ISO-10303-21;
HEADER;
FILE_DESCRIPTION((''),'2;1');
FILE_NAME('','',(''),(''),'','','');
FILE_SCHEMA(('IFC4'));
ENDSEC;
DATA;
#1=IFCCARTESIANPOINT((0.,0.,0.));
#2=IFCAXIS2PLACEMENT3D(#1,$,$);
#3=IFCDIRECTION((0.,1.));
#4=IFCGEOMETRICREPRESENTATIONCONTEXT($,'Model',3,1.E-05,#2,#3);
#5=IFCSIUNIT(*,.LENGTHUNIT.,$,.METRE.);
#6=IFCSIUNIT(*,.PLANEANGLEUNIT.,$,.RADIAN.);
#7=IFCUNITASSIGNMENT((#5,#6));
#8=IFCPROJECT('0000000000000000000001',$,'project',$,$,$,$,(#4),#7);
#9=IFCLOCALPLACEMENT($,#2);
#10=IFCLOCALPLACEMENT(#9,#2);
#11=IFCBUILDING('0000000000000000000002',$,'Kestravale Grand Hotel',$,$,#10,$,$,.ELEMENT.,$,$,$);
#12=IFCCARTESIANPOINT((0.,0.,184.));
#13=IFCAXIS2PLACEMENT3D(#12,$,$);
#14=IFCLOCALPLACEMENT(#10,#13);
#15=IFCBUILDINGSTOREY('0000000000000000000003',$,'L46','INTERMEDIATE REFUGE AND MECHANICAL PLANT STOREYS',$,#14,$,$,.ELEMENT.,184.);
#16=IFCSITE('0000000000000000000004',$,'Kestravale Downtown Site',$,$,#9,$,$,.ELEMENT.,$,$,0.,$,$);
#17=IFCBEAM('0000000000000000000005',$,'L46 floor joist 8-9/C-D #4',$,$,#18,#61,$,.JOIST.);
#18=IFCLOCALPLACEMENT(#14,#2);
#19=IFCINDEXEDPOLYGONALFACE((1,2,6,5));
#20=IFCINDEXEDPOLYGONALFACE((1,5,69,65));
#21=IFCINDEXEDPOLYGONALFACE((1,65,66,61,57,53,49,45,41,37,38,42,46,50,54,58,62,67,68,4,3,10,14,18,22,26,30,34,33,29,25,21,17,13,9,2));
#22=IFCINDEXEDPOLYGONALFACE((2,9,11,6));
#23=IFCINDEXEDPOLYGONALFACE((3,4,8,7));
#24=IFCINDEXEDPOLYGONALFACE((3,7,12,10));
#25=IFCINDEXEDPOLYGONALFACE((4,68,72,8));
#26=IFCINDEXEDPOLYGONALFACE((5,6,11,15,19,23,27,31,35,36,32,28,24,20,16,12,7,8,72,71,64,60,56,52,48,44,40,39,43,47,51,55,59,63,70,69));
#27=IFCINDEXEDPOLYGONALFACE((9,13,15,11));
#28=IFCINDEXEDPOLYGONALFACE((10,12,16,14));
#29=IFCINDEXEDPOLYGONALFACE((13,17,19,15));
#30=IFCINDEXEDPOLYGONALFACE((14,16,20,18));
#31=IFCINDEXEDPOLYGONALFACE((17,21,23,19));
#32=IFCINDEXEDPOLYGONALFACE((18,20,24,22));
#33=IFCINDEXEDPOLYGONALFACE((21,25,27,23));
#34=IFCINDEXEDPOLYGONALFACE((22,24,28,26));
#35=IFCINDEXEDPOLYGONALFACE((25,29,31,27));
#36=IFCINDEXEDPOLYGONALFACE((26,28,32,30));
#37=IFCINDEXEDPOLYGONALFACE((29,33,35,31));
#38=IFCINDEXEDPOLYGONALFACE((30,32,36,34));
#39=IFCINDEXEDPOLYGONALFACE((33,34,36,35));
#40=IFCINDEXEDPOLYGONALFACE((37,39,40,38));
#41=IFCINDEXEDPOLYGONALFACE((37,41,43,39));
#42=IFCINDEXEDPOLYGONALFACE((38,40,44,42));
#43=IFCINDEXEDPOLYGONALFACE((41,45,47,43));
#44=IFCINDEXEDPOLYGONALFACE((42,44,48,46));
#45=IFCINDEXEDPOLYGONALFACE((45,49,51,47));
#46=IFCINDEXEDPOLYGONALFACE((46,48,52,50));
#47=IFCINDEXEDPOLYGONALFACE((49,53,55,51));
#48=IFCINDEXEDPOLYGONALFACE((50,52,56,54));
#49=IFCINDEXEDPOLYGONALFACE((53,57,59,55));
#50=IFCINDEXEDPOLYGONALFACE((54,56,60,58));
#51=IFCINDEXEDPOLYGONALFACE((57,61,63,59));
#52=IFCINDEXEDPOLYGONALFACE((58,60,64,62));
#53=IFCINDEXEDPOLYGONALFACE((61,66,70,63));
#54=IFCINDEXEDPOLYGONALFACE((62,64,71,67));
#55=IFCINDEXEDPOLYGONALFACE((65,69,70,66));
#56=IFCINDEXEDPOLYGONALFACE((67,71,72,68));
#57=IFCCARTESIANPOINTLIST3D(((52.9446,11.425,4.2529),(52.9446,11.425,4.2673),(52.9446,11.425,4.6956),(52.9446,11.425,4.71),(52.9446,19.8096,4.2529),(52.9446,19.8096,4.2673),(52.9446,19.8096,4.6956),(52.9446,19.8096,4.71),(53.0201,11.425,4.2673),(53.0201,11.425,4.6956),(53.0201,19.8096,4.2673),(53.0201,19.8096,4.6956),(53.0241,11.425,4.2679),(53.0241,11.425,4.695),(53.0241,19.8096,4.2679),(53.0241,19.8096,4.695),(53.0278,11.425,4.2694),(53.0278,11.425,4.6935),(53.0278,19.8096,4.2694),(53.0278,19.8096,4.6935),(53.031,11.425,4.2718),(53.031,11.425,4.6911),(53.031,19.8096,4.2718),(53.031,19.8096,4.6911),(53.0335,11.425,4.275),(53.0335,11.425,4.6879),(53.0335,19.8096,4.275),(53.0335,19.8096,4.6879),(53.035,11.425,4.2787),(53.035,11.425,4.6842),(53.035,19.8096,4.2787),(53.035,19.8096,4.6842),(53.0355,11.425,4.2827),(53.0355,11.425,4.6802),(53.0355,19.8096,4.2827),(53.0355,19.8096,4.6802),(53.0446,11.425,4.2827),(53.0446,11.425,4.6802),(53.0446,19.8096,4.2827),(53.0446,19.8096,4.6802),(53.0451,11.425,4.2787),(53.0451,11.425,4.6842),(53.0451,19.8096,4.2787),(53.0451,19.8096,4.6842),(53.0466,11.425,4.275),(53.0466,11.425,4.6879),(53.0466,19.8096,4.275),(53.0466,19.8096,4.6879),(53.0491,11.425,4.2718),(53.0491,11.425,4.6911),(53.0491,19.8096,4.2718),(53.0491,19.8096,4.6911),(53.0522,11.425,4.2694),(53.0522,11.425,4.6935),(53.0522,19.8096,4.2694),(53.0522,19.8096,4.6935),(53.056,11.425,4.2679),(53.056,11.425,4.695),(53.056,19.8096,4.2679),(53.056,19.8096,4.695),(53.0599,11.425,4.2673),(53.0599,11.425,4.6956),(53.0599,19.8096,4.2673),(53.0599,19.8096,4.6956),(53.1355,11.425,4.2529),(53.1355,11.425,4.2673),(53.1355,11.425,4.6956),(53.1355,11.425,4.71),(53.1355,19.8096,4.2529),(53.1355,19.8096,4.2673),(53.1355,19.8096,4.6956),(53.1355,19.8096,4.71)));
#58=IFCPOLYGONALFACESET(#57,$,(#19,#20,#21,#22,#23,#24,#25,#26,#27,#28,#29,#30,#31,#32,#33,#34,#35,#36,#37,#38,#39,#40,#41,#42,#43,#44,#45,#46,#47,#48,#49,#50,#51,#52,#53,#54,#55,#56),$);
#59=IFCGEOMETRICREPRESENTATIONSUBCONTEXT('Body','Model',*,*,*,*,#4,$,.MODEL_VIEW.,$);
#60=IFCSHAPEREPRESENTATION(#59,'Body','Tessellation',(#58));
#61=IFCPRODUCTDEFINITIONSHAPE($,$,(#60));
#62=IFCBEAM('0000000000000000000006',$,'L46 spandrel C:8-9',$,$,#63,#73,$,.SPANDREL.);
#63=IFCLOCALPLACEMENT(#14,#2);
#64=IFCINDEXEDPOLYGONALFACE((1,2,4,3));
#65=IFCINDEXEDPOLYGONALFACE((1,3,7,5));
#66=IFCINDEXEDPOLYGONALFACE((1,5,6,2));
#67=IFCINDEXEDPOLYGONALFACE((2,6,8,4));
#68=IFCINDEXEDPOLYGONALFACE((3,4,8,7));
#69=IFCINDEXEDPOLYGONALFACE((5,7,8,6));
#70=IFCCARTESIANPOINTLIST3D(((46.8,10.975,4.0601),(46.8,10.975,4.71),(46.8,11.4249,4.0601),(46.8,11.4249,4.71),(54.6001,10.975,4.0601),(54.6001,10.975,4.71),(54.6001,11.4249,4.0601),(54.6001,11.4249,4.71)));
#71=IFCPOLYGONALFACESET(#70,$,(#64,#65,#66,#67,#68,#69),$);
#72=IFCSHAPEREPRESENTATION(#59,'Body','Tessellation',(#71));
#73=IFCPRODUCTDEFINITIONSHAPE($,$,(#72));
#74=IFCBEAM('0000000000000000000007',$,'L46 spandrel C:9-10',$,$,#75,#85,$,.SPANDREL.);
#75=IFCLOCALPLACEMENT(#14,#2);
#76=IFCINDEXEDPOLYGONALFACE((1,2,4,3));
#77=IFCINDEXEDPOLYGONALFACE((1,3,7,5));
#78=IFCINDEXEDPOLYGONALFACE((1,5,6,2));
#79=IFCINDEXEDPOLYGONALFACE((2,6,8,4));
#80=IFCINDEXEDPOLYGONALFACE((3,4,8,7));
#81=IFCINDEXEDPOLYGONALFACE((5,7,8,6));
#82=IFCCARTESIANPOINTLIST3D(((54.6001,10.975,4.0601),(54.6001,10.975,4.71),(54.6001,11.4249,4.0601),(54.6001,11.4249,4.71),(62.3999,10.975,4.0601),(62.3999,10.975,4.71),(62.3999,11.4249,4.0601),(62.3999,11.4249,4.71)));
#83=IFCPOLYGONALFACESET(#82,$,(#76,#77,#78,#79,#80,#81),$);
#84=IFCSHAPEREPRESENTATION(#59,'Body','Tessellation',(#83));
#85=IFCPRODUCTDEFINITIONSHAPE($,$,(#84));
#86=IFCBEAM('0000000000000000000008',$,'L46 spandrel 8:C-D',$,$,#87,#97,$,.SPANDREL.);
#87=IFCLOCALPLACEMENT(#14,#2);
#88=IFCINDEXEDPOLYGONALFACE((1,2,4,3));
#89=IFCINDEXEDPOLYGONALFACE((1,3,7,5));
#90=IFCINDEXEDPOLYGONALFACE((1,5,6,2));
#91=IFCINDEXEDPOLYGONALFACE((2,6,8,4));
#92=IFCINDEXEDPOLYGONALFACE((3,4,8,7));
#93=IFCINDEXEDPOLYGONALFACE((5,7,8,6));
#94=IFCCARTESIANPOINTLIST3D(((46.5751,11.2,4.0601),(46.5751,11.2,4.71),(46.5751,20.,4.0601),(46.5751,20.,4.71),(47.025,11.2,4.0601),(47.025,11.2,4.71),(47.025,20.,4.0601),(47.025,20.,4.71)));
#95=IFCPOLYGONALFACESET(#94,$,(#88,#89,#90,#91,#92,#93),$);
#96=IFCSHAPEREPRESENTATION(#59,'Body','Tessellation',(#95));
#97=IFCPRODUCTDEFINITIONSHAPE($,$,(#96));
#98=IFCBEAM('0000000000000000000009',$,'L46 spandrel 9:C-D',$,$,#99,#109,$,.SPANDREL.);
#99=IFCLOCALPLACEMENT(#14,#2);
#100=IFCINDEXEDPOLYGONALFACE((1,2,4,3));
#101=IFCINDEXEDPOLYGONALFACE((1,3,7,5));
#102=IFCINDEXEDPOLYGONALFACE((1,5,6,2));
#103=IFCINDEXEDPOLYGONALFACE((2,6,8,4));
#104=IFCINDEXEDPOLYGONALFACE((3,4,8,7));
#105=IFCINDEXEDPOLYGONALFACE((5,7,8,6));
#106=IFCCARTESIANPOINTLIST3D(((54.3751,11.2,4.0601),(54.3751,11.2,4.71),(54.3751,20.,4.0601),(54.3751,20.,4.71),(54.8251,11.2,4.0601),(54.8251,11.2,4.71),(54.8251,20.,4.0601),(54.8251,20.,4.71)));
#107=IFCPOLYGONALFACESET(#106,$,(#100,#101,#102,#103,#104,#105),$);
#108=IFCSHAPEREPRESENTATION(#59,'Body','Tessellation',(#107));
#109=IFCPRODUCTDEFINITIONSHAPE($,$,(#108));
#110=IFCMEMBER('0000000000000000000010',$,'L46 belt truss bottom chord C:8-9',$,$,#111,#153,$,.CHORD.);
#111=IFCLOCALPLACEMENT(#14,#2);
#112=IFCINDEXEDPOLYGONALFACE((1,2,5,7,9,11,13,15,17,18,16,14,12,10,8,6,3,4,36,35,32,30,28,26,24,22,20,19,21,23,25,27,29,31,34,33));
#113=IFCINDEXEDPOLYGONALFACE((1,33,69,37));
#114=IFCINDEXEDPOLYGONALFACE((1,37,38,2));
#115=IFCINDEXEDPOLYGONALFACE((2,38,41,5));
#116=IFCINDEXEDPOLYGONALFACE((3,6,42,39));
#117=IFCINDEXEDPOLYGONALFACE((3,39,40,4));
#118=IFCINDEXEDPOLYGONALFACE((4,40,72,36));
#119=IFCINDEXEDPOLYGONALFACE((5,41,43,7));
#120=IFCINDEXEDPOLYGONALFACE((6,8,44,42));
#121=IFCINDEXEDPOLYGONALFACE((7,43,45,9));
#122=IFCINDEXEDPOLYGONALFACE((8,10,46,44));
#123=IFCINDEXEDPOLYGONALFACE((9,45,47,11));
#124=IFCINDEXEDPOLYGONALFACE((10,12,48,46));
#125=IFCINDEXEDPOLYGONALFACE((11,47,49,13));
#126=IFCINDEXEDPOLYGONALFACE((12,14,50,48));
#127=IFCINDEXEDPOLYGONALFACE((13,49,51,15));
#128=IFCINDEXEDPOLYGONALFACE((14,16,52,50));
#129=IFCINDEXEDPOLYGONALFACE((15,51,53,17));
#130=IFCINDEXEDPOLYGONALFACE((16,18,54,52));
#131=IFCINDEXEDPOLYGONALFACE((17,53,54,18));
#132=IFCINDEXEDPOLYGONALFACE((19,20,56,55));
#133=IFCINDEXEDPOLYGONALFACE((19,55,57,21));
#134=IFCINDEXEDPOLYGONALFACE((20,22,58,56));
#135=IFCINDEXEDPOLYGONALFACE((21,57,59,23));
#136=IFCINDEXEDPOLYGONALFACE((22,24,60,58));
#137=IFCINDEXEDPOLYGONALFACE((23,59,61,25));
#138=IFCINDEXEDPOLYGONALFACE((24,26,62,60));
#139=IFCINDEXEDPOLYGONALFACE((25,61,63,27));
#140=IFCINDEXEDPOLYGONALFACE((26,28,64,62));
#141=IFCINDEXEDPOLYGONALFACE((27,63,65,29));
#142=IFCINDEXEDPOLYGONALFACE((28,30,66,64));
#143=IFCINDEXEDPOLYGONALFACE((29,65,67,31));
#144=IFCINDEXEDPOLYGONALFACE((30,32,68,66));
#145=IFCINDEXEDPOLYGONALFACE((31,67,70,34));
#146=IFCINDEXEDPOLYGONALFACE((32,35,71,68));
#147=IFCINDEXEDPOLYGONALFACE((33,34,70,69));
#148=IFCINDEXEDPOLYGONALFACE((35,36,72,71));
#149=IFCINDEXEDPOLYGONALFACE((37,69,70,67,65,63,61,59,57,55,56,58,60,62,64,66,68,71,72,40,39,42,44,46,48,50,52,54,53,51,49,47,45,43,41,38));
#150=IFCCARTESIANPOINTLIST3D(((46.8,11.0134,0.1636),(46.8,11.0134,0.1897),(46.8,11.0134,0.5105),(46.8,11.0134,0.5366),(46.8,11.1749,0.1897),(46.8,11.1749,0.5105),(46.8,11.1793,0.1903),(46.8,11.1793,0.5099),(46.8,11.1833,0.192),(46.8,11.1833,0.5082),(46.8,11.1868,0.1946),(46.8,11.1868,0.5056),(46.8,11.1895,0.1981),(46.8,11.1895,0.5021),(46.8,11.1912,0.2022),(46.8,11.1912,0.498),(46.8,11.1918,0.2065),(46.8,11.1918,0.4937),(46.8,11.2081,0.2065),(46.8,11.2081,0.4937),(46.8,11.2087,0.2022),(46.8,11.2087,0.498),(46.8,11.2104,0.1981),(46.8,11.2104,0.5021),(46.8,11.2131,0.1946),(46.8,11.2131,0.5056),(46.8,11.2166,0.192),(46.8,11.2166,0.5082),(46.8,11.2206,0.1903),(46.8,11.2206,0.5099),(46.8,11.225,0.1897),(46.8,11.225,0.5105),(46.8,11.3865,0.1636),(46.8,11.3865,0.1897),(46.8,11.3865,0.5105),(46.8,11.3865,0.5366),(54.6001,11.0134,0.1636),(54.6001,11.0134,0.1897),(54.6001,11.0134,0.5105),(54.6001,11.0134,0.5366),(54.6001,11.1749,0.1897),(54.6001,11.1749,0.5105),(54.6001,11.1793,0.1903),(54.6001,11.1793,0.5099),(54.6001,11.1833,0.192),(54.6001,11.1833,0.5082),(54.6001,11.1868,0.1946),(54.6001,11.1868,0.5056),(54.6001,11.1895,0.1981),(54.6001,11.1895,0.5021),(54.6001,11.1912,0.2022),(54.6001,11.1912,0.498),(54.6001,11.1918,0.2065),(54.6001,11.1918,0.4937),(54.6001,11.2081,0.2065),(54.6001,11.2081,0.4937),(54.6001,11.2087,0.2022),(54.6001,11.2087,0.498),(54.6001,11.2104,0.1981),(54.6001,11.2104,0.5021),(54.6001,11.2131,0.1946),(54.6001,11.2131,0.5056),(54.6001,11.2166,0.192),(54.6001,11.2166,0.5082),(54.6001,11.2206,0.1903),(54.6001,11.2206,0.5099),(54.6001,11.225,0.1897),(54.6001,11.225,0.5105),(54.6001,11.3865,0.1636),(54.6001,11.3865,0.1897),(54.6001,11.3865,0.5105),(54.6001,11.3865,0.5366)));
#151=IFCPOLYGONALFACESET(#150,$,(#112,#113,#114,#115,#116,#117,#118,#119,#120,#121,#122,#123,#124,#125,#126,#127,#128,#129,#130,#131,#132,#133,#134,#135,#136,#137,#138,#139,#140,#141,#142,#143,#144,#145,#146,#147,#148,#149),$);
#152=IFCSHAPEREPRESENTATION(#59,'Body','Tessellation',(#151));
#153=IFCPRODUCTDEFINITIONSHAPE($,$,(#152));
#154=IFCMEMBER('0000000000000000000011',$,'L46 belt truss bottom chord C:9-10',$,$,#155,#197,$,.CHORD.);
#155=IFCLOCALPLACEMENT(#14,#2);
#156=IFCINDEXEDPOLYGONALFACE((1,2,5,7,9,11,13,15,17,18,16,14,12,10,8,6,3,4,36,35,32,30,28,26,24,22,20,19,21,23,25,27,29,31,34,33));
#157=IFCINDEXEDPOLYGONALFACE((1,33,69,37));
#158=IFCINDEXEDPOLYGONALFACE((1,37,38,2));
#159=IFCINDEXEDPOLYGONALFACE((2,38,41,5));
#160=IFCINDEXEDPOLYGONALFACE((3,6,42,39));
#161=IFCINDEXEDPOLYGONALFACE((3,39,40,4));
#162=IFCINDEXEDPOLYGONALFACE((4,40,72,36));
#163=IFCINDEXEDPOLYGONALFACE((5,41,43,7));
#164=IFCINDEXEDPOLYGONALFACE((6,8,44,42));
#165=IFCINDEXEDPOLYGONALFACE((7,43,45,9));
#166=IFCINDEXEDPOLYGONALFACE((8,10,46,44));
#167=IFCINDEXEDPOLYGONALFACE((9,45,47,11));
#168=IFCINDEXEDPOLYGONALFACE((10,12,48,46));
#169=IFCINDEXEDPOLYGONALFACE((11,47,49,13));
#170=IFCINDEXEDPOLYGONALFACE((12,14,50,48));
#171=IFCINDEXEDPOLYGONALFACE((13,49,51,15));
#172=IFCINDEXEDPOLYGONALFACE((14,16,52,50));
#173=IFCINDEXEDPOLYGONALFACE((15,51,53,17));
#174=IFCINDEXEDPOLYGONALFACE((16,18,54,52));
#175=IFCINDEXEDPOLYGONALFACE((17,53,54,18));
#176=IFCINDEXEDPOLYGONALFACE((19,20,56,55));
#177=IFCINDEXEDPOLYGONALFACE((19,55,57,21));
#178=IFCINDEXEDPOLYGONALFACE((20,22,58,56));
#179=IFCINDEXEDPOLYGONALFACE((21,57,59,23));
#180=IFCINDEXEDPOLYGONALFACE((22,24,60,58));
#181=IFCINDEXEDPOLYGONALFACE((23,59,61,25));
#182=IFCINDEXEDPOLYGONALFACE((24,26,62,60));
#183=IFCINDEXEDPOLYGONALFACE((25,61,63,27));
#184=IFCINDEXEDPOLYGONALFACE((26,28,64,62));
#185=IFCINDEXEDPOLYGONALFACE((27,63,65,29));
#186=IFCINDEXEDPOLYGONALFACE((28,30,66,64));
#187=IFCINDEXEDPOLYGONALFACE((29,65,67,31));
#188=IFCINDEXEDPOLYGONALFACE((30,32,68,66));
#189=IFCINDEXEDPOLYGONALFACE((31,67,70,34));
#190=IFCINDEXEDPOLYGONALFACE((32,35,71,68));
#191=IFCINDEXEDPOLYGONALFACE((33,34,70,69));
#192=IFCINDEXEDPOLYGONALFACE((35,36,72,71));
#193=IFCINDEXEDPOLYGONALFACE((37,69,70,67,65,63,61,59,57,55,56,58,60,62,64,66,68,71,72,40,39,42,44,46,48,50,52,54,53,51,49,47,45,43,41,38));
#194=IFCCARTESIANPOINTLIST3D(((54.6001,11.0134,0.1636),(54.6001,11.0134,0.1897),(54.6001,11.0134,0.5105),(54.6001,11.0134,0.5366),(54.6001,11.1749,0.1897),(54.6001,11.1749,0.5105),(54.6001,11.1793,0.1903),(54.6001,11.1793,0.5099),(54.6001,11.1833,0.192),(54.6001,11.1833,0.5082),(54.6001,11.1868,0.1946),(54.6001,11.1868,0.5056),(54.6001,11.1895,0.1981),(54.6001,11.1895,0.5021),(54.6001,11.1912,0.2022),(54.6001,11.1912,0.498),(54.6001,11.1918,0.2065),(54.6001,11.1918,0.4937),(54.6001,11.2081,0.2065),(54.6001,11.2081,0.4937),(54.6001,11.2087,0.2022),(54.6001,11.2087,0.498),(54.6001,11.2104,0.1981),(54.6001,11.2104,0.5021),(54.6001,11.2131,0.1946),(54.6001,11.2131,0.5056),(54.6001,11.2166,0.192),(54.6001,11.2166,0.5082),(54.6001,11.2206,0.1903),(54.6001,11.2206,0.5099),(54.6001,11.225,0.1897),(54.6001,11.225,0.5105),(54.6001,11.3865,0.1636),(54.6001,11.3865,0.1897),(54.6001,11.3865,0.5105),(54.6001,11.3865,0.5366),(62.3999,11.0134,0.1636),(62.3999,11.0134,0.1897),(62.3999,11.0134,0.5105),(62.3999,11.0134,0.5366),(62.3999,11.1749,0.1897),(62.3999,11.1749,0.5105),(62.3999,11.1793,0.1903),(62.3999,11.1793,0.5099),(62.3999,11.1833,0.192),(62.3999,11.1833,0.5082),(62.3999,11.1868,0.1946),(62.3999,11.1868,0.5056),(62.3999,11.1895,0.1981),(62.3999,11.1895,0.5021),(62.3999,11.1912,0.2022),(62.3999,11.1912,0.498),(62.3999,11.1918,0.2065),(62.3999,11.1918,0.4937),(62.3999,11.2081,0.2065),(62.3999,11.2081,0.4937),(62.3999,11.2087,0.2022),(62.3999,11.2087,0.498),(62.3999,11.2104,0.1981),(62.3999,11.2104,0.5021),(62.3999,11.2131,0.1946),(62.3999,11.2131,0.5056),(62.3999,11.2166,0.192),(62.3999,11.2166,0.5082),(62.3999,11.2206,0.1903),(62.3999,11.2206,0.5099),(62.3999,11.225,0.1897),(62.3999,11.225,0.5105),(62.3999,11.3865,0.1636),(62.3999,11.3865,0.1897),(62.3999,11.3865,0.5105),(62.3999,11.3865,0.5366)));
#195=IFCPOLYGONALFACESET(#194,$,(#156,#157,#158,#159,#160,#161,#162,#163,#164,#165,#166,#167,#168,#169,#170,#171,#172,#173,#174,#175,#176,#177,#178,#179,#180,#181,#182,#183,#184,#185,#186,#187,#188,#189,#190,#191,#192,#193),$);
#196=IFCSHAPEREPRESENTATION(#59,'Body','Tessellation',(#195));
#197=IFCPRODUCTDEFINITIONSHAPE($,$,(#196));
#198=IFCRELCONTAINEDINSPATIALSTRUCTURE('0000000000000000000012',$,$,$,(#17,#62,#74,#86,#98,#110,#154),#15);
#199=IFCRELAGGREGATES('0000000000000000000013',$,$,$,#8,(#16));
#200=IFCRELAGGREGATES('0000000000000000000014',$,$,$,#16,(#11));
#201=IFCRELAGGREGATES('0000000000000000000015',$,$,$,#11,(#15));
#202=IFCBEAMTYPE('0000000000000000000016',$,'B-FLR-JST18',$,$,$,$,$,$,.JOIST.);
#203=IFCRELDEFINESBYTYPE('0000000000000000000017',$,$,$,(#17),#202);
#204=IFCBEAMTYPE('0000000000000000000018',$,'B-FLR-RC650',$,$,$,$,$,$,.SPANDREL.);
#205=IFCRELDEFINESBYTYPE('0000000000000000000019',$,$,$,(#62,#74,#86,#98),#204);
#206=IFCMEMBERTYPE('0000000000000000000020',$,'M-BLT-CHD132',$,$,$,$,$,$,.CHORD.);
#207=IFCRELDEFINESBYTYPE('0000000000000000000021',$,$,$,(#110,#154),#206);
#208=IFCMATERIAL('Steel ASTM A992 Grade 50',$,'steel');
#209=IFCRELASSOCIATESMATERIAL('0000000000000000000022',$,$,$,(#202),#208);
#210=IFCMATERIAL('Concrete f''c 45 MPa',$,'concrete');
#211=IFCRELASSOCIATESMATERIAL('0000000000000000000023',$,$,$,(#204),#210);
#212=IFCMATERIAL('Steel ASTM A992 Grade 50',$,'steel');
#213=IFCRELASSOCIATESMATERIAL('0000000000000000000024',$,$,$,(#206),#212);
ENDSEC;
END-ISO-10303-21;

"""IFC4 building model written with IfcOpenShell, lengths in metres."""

from ifc_helpers import new_model, si_unit, direction, frame, origin, origin_2d, place, context, subcontext, project, spatial, rectangle, i_section, extrude, material, material_profile, profile_set, type_object, element, save


model = new_model("IFC4")

# Units and contexts
model_context = context("Model", 3, precision=1e-05, world=origin(), true_north=direction((0.0, 1.0)))
body_context = subcontext(model_context, "Body", "Model", "MODEL_VIEW")
ifc_project = project(units=[si_unit("LENGTHUNIT", "METRE"), si_unit("PLANEANGLEUNIT", "RADIAN")], contexts=[model_context])

# Site, building, storey
site_placement = place(None, origin())
site = spatial("IfcSite", under=ifc_project, at=site_placement, Name="Kestravale Downtown Site", CompositionType="ELEMENT", RefElevation=0.0)
building_placement = place(site_placement, origin())
building = spatial("IfcBuilding", under=site, at=building_placement, Name="Kestravale Grand Hotel", CompositionType="ELEMENT")
storey_placement = place(building_placement, frame((0.0, 0.0, 184.0)))
storey = spatial("IfcBuildingStorey", under=building, at=storey_placement, Name="L46", Description="INTERMEDIATE REFUGE AND MECHANICAL PLANT STOREYS", CompositionType="ELEMENT", Elevation=184.0)

# Beams
ifc_material_1 = material(Name="Steel ASTM A992 Grade 50", Category="steel")
ifc_material_profile_1 = material_profile(ifc_material_1, i_section(OverallWidth=0.1909, OverallDepth=0.457, WebThickness=0.009, FlangeThickness=0.0144, FilletRadius=0.0154, at=origin_2d()))
ifc_profile_set_1 = profile_set([ifc_material_profile_1], Name="Steel ASTM A992 Grade 50")
beam_type_1 = type_object("IfcBeamType", Name="B-FLR-JST18", PredefinedType="JOIST", material=ifc_profile_set_1)
for number, where, z_axis, x_axis, name in (
    (1, (53.04, 11.425, 4.4814), (0.0, 1.0, 0.0), (-1.0, 0.0, 0.0), "L46 floor joist 8-9/C-D #4"),
):
    element("IfcBeam", number, at=place(storey_placement, frame(where, z_axis=z_axis, x_axis=x_axis)), inside=storey, type_object=beam_type_1, Name=name, PredefinedType="JOIST", context=body_context, shape_type="SweptSolid", body=[
        extrude(i_section(OverallWidth=0.1909, OverallDepth=0.457, WebThickness=0.009, FlangeThickness=0.0144, FilletRadius=0.0154, at=origin_2d()), origin(), (0.0, 0.0, 1.0), 8.3845),
    ])
ifc_material_2 = material(Name="Concrete f'c 45 MPa", Category="concrete")
ifc_material_profile_2 = material_profile(ifc_material_2, rectangle(XDim=0.45, YDim=0.6499, at=origin_2d()))
ifc_profile_set_2 = profile_set([ifc_material_profile_2], Name="Concrete f'c 45 MPa")
beam_type_2 = type_object("IfcBeamType", Name="B-FLR-RC650", PredefinedType="SPANDREL", material=ifc_profile_set_2)
beam_1_placement = place(storey_placement, frame((46.8, 11.2, 4.385), z_axis=(1.0, 0.0, 0.0), x_axis=(0.0, 1.0, 0.0)))
element("IfcBeam", 2, at=beam_1_placement, inside=storey, type_object=beam_type_2, Name="L46 spandrel C:8-9", PredefinedType="SPANDREL", context=body_context, shape_type="SweptSolid", body=[
    extrude(rectangle(XDim=0.45, YDim=0.6499, at=origin_2d()), origin(), (0.0, 0.0, 1.0), 7.8),
])
beam_2_placement = place(storey_placement, frame((54.6001, 11.2, 4.385), z_axis=(1.0, 0.0, 0.0), x_axis=(0.0, 1.0, 0.0)))
element("IfcBeam", 3, at=beam_2_placement, inside=storey, type_object=beam_type_2, Name="L46 spandrel C:9-10", PredefinedType="SPANDREL", context=body_context, shape_type="SweptSolid", body=[
    extrude(rectangle(XDim=0.45, YDim=0.6499, at=origin_2d()), origin(), (0.0, 0.0, 1.0), 7.7998),
])
for number, where, z_axis, x_axis, name in (
    (4, (46.8, 11.2, 4.385), (0.0, 1.0, 0.0), (-1.0, 0.0, 0.0), "L46 spandrel 8:C-D"),
    (5, (54.6001, 11.2, 4.385), (0.0, 1.0, 0.0), (-1.0, 0.0, 0.0), "L46 spandrel 9:C-D"),
):
    element("IfcBeam", number, at=place(storey_placement, frame(where, z_axis=z_axis, x_axis=x_axis)), inside=storey, type_object=beam_type_2, Name=name, PredefinedType="SPANDREL", context=body_context, shape_type="SweptSolid", body=[
        extrude(rectangle(XDim=0.45, YDim=0.6499, at=origin_2d()), origin(), (0.0, 0.0, 1.0), 8.8),
    ])

# Members
ifc_material_3 = material(Name="Steel ASTM A992 Grade 50", Category="steel")
ifc_material_profile_3 = material_profile(ifc_material_3, i_section(OverallWidth=0.373, OverallDepth=0.373, WebThickness=0.0164, FlangeThickness=0.0261, FilletRadius=0.0168, at=origin_2d()))
ifc_profile_set_3 = profile_set([ifc_material_profile_3], Name="Steel ASTM A992 Grade 50")
member_type_1 = type_object("IfcMemberType", Name="M-BLT-CHD132", PredefinedType="CHORD", material=ifc_profile_set_3)
member_1_placement = place(storey_placement, frame((46.8, 11.2, 0.3501), z_axis=(1.0, 0.0, 0.0), x_axis=(0.0, 1.0, 0.0)))
element("IfcMember", 6, at=member_1_placement, inside=storey, type_object=member_type_1, Name="L46 belt truss bottom chord C:8-9", PredefinedType="CHORD", context=body_context, shape_type="SweptSolid", body=[
    extrude(i_section(OverallWidth=0.373, OverallDepth=0.373, WebThickness=0.0164, FlangeThickness=0.0261, FilletRadius=0.0168, at=origin_2d()), origin(), (0.0, 0.0, 1.0), 7.8),
])
member_2_placement = place(storey_placement, frame((54.6001, 11.2, 0.3501), z_axis=(1.0, 0.0, 0.0), x_axis=(0.0, 1.0, 0.0)))
element("IfcMember", 7, at=member_2_placement, inside=storey, type_object=member_type_1, Name="L46 belt truss bottom chord C:9-10", PredefinedType="CHORD", context=body_context, shape_type="SweptSolid", body=[
    extrude(i_section(OverallWidth=0.373, OverallDepth=0.373, WebThickness=0.0164, FlangeThickness=0.0261, FilletRadius=0.0168, at=origin_2d()), origin(), (0.0, 0.0, 1.0), 7.7998),
])

save(model, "model.ifc")
